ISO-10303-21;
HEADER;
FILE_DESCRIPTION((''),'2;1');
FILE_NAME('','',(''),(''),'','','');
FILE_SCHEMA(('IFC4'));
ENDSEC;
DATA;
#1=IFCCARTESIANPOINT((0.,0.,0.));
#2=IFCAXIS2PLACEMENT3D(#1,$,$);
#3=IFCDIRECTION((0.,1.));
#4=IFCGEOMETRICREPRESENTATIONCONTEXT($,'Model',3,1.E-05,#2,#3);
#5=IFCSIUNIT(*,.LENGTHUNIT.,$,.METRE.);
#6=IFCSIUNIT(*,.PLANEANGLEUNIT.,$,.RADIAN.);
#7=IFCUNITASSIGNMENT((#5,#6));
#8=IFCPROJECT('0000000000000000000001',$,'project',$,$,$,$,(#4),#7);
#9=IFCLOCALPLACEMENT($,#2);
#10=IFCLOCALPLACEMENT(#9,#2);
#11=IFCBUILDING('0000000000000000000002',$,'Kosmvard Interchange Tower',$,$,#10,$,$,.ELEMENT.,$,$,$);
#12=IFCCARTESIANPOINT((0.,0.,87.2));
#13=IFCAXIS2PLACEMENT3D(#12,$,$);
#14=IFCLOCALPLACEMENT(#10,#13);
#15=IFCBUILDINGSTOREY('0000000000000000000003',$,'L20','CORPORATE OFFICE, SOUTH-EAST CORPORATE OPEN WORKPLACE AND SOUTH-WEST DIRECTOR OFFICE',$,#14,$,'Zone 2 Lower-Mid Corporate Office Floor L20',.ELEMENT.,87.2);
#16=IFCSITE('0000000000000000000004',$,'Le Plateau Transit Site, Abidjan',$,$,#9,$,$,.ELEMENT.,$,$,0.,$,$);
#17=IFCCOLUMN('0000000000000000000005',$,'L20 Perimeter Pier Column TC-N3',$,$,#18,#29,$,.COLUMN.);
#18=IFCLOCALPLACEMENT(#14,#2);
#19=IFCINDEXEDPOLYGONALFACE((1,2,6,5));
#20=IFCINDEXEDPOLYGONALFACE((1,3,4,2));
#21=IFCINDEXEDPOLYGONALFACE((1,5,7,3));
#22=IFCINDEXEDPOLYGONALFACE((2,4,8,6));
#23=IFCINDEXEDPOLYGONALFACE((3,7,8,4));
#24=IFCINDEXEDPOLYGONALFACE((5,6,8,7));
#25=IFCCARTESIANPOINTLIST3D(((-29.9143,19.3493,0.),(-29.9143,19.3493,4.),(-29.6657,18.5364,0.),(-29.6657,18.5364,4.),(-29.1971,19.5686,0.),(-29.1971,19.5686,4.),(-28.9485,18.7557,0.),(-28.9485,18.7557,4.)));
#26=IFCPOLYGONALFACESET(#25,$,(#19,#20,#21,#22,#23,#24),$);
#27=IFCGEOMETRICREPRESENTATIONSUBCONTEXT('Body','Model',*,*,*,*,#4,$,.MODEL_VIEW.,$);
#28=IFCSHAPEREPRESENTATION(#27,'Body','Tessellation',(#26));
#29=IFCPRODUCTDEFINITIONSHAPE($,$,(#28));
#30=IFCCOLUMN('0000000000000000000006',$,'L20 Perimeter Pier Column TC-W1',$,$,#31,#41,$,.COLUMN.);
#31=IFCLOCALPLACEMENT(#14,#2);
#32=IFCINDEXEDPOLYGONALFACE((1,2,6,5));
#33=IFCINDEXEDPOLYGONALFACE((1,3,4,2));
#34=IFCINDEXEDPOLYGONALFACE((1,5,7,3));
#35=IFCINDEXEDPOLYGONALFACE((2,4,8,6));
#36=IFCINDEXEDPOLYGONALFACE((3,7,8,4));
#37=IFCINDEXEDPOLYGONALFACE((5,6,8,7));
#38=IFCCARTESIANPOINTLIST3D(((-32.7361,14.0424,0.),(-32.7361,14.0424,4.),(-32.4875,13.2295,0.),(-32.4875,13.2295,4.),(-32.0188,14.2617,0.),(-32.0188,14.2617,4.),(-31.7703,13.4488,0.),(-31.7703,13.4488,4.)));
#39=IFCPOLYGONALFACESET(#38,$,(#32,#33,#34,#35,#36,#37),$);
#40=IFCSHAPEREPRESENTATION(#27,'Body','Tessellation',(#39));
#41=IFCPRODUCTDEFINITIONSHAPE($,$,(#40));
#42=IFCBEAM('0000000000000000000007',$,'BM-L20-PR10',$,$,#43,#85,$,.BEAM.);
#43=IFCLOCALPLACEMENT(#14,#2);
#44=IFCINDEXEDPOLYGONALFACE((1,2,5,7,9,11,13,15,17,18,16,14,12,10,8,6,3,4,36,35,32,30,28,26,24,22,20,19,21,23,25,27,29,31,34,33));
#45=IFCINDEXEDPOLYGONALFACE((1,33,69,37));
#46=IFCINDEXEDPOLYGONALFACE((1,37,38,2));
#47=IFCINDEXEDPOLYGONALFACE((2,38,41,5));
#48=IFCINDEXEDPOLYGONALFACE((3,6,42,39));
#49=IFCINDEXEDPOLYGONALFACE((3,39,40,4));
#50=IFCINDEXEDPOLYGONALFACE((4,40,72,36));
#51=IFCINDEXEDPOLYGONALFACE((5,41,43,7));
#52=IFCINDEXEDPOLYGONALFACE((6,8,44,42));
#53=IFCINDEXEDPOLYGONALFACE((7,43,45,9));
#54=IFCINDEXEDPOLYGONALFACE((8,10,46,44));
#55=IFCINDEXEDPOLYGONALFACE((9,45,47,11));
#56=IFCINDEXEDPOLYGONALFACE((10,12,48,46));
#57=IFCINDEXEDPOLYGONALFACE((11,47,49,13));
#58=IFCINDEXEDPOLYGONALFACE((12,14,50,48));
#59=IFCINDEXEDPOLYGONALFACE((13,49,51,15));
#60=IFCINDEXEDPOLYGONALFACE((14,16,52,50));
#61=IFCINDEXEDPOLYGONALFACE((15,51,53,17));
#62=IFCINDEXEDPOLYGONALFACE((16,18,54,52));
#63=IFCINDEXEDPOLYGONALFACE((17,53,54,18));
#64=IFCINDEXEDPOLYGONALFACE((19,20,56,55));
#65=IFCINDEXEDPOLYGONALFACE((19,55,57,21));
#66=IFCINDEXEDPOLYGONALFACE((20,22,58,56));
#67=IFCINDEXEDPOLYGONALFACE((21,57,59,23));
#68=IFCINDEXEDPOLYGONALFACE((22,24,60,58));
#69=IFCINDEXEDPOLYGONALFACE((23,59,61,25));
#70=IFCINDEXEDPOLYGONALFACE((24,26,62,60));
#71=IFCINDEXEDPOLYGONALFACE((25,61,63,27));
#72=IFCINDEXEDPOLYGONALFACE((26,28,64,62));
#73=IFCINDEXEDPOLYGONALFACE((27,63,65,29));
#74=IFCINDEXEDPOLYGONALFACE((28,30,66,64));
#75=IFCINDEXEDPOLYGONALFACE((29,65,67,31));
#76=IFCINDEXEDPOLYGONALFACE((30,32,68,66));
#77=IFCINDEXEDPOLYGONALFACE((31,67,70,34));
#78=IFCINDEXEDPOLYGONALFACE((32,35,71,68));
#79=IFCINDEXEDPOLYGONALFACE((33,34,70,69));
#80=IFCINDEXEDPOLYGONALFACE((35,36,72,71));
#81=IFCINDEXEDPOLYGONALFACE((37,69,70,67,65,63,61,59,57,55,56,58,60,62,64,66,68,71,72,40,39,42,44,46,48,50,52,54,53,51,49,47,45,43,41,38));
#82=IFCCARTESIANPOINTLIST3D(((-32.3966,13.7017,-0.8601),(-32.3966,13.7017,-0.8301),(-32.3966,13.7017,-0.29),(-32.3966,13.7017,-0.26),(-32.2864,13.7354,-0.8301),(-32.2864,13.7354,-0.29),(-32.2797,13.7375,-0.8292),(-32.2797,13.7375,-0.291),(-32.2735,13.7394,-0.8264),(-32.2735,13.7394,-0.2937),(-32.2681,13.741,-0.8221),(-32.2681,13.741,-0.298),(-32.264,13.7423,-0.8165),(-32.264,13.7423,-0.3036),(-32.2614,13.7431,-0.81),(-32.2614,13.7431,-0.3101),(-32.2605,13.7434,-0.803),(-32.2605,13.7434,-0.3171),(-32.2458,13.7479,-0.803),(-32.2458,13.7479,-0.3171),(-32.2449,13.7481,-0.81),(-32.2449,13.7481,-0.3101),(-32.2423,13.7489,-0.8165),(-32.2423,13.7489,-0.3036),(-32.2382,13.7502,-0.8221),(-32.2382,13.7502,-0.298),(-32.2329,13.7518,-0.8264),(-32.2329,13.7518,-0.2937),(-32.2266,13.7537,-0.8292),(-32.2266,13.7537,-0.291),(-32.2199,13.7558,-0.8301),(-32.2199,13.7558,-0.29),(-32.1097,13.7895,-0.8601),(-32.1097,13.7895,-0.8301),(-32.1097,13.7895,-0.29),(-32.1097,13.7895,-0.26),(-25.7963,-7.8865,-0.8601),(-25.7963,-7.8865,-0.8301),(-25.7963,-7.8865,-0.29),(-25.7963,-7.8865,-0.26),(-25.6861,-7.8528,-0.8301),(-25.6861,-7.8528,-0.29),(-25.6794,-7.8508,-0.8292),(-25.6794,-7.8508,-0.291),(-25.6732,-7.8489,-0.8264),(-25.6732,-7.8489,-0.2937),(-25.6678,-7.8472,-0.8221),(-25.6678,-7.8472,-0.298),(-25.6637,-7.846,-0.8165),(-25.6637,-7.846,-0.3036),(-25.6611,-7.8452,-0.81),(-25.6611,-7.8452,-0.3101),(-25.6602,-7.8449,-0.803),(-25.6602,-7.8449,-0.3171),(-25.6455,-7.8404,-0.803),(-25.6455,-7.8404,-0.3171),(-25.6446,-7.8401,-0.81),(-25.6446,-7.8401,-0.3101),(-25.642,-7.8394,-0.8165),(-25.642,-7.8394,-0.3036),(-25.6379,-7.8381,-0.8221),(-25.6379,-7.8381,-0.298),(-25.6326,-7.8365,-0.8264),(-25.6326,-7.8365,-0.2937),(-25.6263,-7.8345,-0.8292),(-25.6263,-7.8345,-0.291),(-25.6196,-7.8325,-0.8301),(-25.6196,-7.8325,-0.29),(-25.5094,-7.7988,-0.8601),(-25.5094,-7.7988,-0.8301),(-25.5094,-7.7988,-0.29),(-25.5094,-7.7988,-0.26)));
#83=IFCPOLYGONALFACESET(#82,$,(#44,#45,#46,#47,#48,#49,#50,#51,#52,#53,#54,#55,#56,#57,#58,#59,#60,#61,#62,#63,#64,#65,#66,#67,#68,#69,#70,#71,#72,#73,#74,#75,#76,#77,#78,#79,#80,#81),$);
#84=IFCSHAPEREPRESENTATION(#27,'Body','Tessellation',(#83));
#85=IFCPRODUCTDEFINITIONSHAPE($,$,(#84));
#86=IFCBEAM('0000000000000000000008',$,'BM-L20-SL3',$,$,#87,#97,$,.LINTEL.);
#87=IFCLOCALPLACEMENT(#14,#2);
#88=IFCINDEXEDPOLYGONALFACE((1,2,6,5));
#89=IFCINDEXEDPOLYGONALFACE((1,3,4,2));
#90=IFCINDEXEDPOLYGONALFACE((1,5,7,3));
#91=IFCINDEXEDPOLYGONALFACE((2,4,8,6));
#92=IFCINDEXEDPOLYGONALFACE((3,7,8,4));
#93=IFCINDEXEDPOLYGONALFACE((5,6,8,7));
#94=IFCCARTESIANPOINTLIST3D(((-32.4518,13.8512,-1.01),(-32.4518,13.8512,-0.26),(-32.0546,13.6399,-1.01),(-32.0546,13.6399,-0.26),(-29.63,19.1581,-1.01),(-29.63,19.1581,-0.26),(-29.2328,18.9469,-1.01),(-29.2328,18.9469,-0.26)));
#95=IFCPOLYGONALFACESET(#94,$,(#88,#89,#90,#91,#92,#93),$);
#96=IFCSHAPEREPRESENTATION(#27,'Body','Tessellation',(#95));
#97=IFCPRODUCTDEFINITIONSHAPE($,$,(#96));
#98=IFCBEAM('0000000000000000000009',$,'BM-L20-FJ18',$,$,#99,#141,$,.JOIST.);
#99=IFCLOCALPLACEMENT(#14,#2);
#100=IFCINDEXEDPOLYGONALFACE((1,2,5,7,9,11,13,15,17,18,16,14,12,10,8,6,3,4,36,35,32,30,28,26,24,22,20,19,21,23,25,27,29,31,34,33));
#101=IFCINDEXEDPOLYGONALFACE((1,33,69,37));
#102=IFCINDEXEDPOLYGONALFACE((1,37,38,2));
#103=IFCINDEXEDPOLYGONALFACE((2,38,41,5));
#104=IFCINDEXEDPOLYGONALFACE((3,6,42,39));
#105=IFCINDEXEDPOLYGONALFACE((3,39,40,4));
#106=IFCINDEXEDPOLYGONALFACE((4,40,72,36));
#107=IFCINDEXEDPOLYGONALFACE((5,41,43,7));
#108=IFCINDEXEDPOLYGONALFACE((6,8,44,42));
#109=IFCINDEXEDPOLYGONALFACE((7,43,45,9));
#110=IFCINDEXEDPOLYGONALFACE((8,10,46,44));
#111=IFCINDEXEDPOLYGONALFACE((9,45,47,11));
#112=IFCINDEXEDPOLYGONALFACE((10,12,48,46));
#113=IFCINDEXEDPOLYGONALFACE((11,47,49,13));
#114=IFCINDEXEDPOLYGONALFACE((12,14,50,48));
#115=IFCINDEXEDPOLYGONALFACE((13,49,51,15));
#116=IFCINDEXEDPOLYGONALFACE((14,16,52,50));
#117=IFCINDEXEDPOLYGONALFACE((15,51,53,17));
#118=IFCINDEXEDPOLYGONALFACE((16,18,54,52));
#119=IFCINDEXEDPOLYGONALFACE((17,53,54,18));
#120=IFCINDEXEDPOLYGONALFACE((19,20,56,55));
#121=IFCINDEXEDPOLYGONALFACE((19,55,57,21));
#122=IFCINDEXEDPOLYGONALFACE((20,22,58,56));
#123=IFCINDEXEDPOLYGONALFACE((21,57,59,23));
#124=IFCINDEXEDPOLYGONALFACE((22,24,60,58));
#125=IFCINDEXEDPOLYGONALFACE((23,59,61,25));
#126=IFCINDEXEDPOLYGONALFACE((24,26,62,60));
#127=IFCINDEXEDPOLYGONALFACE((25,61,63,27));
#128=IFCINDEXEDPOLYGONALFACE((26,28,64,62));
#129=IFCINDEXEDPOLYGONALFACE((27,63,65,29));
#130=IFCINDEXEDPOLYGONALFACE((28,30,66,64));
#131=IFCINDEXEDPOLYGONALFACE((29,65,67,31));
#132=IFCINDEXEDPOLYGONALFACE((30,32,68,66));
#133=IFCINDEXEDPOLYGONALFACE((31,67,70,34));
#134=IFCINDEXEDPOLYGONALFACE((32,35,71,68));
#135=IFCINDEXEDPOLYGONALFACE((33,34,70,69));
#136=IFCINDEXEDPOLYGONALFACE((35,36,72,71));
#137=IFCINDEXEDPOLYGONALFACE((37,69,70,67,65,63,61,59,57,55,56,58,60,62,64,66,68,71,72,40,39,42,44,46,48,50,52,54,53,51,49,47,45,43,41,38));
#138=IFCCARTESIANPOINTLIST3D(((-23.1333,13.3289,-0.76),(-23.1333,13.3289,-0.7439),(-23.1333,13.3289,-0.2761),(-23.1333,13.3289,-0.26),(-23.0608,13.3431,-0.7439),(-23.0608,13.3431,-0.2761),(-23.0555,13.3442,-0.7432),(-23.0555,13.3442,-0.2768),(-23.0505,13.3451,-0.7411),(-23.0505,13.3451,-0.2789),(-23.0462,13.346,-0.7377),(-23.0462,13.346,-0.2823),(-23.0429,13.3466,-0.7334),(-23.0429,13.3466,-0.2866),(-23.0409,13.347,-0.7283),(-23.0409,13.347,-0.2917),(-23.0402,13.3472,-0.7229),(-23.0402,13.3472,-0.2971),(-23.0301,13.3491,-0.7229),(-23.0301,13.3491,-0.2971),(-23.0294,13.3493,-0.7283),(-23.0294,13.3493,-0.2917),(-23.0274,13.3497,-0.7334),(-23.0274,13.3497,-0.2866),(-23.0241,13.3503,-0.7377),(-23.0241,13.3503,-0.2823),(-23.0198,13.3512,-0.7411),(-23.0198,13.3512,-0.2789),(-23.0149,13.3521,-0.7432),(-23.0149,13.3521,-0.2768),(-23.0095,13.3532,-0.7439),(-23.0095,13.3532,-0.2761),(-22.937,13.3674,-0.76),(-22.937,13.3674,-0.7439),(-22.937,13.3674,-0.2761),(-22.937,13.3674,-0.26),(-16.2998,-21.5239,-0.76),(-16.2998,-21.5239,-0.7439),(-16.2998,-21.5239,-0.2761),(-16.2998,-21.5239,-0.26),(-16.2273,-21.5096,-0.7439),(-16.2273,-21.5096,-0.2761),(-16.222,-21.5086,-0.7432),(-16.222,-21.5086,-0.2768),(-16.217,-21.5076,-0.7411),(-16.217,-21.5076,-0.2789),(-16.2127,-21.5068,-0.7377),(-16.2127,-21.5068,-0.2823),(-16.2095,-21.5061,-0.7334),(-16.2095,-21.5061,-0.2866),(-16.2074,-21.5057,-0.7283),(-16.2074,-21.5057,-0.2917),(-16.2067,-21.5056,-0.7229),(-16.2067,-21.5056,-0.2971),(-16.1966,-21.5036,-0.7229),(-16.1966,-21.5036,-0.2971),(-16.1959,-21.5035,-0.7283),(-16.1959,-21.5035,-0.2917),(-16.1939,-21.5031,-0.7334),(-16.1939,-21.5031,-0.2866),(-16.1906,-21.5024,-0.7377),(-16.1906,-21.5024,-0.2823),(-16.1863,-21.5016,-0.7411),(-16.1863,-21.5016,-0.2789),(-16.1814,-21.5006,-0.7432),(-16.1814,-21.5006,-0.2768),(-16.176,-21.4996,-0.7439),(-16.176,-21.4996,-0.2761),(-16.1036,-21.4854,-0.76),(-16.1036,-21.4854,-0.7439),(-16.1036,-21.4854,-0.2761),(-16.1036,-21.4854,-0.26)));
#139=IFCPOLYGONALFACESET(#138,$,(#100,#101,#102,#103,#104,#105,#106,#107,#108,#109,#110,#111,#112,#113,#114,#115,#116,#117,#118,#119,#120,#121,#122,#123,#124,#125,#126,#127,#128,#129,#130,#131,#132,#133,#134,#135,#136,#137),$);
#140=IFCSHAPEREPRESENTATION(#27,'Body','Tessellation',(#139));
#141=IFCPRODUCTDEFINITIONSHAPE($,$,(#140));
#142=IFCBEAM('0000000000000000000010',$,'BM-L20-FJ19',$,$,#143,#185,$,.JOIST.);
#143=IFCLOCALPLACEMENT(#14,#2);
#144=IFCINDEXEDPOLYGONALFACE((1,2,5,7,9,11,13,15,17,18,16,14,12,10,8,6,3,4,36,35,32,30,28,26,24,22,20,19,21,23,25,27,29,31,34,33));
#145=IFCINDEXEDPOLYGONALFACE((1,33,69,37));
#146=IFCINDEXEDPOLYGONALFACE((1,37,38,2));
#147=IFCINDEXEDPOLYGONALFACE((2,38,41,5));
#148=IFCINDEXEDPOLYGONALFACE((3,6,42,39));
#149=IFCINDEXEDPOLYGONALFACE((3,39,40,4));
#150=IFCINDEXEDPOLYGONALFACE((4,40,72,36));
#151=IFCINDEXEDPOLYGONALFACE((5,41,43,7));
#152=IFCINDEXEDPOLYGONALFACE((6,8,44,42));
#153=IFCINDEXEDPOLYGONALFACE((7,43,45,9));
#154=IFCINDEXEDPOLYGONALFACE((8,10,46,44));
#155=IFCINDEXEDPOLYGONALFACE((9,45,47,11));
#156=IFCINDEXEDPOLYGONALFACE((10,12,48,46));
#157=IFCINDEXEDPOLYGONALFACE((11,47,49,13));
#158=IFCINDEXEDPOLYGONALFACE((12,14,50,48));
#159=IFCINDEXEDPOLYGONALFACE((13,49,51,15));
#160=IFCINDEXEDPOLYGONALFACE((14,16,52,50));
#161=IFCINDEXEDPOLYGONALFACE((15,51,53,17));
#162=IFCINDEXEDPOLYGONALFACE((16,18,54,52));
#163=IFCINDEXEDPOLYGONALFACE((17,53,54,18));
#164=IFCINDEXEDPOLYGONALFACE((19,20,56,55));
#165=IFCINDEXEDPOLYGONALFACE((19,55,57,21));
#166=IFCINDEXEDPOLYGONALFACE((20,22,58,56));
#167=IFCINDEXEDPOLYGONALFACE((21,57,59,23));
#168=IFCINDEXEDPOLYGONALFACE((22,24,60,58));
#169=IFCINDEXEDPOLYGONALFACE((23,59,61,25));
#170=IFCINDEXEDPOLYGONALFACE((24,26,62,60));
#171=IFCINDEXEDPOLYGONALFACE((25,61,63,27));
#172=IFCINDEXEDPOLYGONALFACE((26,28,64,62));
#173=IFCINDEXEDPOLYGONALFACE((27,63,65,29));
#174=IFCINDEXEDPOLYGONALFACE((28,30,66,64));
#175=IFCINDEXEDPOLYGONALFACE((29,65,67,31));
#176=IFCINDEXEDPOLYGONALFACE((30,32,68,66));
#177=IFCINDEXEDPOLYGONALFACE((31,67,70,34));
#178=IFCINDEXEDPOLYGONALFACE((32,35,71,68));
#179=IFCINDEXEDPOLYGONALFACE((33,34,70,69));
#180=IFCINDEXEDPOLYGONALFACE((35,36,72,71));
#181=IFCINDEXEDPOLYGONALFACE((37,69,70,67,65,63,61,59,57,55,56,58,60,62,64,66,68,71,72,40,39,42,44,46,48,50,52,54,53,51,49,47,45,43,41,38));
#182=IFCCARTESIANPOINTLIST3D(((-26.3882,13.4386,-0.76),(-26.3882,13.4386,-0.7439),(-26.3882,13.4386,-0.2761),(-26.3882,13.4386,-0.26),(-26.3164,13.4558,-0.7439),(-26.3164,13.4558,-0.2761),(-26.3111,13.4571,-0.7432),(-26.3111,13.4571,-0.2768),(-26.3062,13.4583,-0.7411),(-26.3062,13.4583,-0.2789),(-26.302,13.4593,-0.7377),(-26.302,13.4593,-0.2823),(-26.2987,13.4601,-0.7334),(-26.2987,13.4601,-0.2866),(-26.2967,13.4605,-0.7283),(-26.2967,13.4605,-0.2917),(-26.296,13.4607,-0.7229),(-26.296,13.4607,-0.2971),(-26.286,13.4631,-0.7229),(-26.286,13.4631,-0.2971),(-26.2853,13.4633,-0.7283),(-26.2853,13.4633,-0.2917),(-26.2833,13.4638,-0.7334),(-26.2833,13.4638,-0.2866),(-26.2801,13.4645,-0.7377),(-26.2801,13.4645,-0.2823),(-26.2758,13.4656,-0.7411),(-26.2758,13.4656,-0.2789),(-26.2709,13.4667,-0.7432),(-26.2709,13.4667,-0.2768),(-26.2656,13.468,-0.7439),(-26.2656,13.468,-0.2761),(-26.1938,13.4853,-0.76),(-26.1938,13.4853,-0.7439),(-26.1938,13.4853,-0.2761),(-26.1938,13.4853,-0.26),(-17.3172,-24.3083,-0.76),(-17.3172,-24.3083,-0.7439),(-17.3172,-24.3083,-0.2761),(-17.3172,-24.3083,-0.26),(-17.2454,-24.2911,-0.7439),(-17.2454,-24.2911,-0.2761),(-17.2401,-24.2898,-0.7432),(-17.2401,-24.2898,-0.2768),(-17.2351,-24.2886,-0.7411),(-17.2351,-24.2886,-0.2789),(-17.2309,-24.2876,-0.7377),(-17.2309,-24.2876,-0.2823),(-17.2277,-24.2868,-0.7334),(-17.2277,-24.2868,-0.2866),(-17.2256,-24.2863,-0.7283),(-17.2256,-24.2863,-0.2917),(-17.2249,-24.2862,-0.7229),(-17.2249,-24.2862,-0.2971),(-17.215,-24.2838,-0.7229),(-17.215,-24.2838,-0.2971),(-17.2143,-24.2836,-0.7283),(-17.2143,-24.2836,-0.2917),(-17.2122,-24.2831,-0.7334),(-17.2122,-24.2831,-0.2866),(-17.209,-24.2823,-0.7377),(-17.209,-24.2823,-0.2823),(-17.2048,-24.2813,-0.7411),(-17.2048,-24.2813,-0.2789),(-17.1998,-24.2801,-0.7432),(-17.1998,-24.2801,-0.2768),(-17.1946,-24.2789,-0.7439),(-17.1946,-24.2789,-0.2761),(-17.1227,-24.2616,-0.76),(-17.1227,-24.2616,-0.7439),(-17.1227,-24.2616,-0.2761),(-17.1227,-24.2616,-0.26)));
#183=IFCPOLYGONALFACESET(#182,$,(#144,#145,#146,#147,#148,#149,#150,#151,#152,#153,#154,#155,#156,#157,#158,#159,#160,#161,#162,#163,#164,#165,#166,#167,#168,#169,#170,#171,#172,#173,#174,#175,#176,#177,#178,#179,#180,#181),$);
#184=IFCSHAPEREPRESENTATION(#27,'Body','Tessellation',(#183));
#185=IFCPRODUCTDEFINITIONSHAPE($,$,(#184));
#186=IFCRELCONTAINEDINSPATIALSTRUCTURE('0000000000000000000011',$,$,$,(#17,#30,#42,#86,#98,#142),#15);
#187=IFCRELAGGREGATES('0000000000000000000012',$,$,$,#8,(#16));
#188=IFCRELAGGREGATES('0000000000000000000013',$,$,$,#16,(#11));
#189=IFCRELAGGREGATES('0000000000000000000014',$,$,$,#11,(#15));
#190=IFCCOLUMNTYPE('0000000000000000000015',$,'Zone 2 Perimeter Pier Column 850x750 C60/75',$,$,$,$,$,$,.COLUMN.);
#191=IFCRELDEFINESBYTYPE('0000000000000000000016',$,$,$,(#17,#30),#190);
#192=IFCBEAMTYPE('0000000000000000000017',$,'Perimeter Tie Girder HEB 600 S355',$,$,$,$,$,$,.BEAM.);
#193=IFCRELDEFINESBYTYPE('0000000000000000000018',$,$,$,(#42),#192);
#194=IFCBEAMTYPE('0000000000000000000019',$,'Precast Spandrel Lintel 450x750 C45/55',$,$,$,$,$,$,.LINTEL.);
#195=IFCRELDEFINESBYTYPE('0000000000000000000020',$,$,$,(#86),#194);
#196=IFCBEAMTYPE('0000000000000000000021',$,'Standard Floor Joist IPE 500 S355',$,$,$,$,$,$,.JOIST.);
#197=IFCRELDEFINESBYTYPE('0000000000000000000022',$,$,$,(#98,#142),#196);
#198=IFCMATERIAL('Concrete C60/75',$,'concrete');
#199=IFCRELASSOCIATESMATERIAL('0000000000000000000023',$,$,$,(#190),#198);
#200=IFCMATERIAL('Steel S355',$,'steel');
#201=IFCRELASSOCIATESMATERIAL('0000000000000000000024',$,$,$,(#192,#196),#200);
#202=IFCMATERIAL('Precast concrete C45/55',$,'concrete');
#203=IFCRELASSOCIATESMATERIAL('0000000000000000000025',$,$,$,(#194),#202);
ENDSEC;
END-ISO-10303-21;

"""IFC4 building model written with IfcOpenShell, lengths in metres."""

from ifc_helpers import new_model, si_unit, direction, frame, origin, origin_2d, place, context, subcontext, project, spatial, rectangle, i_section, extrude, source, transform, mapped, material, material_profile, profile_set, type_object, element, save


model = new_model("IFC4")

# Units and contexts
model_context = context("Model", 3, precision=1e-05, world=origin(), true_north=direction((0.0, 1.0)))
body_context = subcontext(model_context, "Body", "Model", "MODEL_VIEW")
ifc_project = project(units=[si_unit("LENGTHUNIT", "METRE"), si_unit("PLANEANGLEUNIT", "RADIAN")], contexts=[model_context])

# Site, building, storey
site_placement = place(None, origin())
site = spatial("IfcSite", under=ifc_project, at=site_placement, Name="Le Plateau Transit Site, Abidjan", CompositionType="ELEMENT", RefElevation=0.0)
building_placement = place(site_placement, origin())
building = spatial("IfcBuilding", under=site, at=building_placement, Name="Kosmvard Interchange Tower", CompositionType="ELEMENT")
storey_placement = place(building_placement, frame((0.0, 0.0, 87.2)))
storey = spatial("IfcBuildingStorey", under=building, at=storey_placement, Name="L20", Description="CORPORATE OFFICE, SOUTH-EAST CORPORATE OPEN WORKPLACE AND SOUTH-WEST DIRECTOR OFFICE", LongName="Zone 2 Lower-Mid Corporate Office Floor L20", CompositionType="ELEMENT", Elevation=87.2)

# Columns
ifc_material_1 = material(Name="Concrete C60/75", Category="concrete")
ifc_material_profile_1 = material_profile(ifc_material_1, rectangle(XDim=0.75, YDim=0.8501, at=origin_2d()), Name="TC 850x750")
ifc_profile_set_1 = profile_set([ifc_material_profile_1], Name="Concrete C60/75")
column_type = type_object("IfcColumnType", Name="Zone 2 Perimeter Pier Column 850x750 C60/75", PredefinedType="COLUMN", material=ifc_profile_set_1)
shared_shape_1 = source(origin(), body_context, "Body", "SweptSolid", [
    extrude(rectangle(XDim=0.75, YDim=0.8501, at=origin_2d()), origin(), (0.0, 0.0, 1.0), 4.0),
])
for number, where, z_axis, x_axis, name in (
    (1, (-29.4314, 19.0525, 0.0), (0.0, 0.0, 1.0), (0.956305, 0.292372, 0.0), "L20 Perimeter Pier Column TC-N3"),
    (2, (-32.2532, 13.7456, 0.0), (0.0, 0.0, 1.0), (0.956305, 0.292372, 0.0), "L20 Perimeter Pier Column TC-W1"),
):
    element("IfcColumn", number, at=place(storey_placement, frame(where, z_axis=z_axis, x_axis=x_axis)), inside=storey, type_object=column_type, Name=name, PredefinedType="COLUMN", context=body_context, shape_type="MappedRepresentation", body=[
        mapped(shared_shape_1, transform((0.0, 0.0, 0.0), scale=1.0)),
    ])

# Beams
ifc_material_2 = material(Name="Steel S355", Category="steel")
ifc_material_profile_2 = material_profile(ifc_material_2, i_section(OverallWidth=0.3, OverallDepth=0.6001, WebThickness=0.0154, FlangeThickness=0.03, FilletRadius=0.0271, at=origin_2d()), Name="HEB 600")
ifc_profile_set_2 = profile_set([ifc_material_profile_2], Name="Steel S355")
beam_type_1 = type_object("IfcBeamType", Name="Perimeter Tie Girder HEB 600 S355", PredefinedType="BEAM", material=ifc_profile_set_2)
shared_shape_2 = source(origin(), body_context, "Body", "SweptSolid", [
    extrude(i_section(OverallWidth=0.3, OverallDepth=0.6001, WebThickness=0.0154, FlangeThickness=0.03, FilletRadius=0.0271, at=origin_2d()), origin(), (0.0, 0.0, 1.0), 22.5747),
])
beam_1_placement = place(storey_placement, frame((-32.2532, 13.7456, -0.5601), z_axis=(0.292376, -0.956303, 0.0), x_axis=(0.956303, 0.292376, 0.0)))
element("IfcBeam", 3, at=beam_1_placement, inside=storey, type_object=beam_type_1, Name="BM-L20-PR10", PredefinedType="BEAM", context=body_context, shape_type="MappedRepresentation", body=[
    mapped(shared_shape_2, transform((0.0, 0.0, 0.0), scale=1.0)),
])
ifc_material_3 = material(Name="Precast concrete C45/55", Category="concrete")
ifc_material_profile_3 = material_profile(ifc_material_3, rectangle(XDim=0.45, YDim=0.75, at=origin_2d()), Name="SL 450x750")
ifc_profile_set_3 = profile_set([ifc_material_profile_3], Name="Precast concrete C45/55")
beam_type_2 = type_object("IfcBeamType", Name="Precast Spandrel Lintel 450x750 C45/55", PredefinedType="LINTEL", material=ifc_profile_set_3)
shared_shape_3 = source(origin(), body_context, "Body", "SweptSolid", [
    extrude(rectangle(XDim=0.45, YDim=0.75, at=origin_2d()), origin(), (0.0, 0.0, 1.0), 6.0105),
])
beam_2_placement = place(storey_placement, frame((-29.4314, 19.0525, -0.635), z_axis=(-0.469479, -0.882944, 0.0), x_axis=(0.882944, -0.469479, 0.0)))
element("IfcBeam", 4, at=beam_2_placement, inside=storey, type_object=beam_type_2, Name="BM-L20-SL3", PredefinedType="LINTEL", context=body_context, shape_type="MappedRepresentation", body=[
    mapped(shared_shape_3, transform((0.0, 0.0, 0.0), scale=1.0)),
])
ifc_material_profile_4 = material_profile(ifc_material_2, i_section(OverallWidth=0.2, OverallDepth=0.5, WebThickness=0.0103, FlangeThickness=0.0161, FilletRadius=0.021, at=origin_2d()), Name="IPE 500")
ifc_profile_set_4 = profile_set([ifc_material_profile_4], Name="Steel S355")
beam_type_3 = type_object("IfcBeamType", Name="Standard Floor Joist IPE 500 S355", PredefinedType="JOIST", material=ifc_profile_set_4)
shared_shape_4 = source(origin(), body_context, "Body", "SweptSolid", [
    extrude(i_section(OverallWidth=0.2, OverallDepth=0.5, WebThickness=0.0103, FlangeThickness=0.0161, FilletRadius=0.021, at=origin_2d()), origin(), (0.0, 0.0, 1.0), 35.5164),
])
beam_3_placement = place(storey_placement, frame((-23.0352, 13.3481, -0.51), z_axis=(0.192404, -0.981316, 0.0), x_axis=(0.981316, 0.192404, 0.0)))
element("IfcBeam", 5, at=beam_3_placement, inside=storey, type_object=beam_type_3, Name="BM-L20-FJ18", PredefinedType="JOIST", context=body_context, shape_type="MappedRepresentation", body=[
    mapped(shared_shape_4, transform((0.0, 0.0, 0.0), scale=1.0)),
])
shared_shape_5 = source(origin(), body_context, "Body", "SweptSolid", [
    extrude(i_section(OverallWidth=0.2, OverallDepth=0.5, WebThickness=0.0103, FlangeThickness=0.0161, FilletRadius=0.021, at=origin_2d()), origin(), (0.0, 0.0, 1.0), 38.8215),
])
beam_4_placement = place(storey_placement, frame((-26.291, 13.4619, -0.51), z_axis=(0.233661, -0.972318, 0.0), x_axis=(0.972318, 0.233661, 0.0)))
element("IfcBeam", 6, at=beam_4_placement, inside=storey, type_object=beam_type_3, Name="BM-L20-FJ19", PredefinedType="JOIST", context=body_context, shape_type="MappedRepresentation", body=[
    mapped(shared_shape_5, transform((0.0, 0.0, 0.0), scale=1.0)),
])

save(model, "model.ifc")
